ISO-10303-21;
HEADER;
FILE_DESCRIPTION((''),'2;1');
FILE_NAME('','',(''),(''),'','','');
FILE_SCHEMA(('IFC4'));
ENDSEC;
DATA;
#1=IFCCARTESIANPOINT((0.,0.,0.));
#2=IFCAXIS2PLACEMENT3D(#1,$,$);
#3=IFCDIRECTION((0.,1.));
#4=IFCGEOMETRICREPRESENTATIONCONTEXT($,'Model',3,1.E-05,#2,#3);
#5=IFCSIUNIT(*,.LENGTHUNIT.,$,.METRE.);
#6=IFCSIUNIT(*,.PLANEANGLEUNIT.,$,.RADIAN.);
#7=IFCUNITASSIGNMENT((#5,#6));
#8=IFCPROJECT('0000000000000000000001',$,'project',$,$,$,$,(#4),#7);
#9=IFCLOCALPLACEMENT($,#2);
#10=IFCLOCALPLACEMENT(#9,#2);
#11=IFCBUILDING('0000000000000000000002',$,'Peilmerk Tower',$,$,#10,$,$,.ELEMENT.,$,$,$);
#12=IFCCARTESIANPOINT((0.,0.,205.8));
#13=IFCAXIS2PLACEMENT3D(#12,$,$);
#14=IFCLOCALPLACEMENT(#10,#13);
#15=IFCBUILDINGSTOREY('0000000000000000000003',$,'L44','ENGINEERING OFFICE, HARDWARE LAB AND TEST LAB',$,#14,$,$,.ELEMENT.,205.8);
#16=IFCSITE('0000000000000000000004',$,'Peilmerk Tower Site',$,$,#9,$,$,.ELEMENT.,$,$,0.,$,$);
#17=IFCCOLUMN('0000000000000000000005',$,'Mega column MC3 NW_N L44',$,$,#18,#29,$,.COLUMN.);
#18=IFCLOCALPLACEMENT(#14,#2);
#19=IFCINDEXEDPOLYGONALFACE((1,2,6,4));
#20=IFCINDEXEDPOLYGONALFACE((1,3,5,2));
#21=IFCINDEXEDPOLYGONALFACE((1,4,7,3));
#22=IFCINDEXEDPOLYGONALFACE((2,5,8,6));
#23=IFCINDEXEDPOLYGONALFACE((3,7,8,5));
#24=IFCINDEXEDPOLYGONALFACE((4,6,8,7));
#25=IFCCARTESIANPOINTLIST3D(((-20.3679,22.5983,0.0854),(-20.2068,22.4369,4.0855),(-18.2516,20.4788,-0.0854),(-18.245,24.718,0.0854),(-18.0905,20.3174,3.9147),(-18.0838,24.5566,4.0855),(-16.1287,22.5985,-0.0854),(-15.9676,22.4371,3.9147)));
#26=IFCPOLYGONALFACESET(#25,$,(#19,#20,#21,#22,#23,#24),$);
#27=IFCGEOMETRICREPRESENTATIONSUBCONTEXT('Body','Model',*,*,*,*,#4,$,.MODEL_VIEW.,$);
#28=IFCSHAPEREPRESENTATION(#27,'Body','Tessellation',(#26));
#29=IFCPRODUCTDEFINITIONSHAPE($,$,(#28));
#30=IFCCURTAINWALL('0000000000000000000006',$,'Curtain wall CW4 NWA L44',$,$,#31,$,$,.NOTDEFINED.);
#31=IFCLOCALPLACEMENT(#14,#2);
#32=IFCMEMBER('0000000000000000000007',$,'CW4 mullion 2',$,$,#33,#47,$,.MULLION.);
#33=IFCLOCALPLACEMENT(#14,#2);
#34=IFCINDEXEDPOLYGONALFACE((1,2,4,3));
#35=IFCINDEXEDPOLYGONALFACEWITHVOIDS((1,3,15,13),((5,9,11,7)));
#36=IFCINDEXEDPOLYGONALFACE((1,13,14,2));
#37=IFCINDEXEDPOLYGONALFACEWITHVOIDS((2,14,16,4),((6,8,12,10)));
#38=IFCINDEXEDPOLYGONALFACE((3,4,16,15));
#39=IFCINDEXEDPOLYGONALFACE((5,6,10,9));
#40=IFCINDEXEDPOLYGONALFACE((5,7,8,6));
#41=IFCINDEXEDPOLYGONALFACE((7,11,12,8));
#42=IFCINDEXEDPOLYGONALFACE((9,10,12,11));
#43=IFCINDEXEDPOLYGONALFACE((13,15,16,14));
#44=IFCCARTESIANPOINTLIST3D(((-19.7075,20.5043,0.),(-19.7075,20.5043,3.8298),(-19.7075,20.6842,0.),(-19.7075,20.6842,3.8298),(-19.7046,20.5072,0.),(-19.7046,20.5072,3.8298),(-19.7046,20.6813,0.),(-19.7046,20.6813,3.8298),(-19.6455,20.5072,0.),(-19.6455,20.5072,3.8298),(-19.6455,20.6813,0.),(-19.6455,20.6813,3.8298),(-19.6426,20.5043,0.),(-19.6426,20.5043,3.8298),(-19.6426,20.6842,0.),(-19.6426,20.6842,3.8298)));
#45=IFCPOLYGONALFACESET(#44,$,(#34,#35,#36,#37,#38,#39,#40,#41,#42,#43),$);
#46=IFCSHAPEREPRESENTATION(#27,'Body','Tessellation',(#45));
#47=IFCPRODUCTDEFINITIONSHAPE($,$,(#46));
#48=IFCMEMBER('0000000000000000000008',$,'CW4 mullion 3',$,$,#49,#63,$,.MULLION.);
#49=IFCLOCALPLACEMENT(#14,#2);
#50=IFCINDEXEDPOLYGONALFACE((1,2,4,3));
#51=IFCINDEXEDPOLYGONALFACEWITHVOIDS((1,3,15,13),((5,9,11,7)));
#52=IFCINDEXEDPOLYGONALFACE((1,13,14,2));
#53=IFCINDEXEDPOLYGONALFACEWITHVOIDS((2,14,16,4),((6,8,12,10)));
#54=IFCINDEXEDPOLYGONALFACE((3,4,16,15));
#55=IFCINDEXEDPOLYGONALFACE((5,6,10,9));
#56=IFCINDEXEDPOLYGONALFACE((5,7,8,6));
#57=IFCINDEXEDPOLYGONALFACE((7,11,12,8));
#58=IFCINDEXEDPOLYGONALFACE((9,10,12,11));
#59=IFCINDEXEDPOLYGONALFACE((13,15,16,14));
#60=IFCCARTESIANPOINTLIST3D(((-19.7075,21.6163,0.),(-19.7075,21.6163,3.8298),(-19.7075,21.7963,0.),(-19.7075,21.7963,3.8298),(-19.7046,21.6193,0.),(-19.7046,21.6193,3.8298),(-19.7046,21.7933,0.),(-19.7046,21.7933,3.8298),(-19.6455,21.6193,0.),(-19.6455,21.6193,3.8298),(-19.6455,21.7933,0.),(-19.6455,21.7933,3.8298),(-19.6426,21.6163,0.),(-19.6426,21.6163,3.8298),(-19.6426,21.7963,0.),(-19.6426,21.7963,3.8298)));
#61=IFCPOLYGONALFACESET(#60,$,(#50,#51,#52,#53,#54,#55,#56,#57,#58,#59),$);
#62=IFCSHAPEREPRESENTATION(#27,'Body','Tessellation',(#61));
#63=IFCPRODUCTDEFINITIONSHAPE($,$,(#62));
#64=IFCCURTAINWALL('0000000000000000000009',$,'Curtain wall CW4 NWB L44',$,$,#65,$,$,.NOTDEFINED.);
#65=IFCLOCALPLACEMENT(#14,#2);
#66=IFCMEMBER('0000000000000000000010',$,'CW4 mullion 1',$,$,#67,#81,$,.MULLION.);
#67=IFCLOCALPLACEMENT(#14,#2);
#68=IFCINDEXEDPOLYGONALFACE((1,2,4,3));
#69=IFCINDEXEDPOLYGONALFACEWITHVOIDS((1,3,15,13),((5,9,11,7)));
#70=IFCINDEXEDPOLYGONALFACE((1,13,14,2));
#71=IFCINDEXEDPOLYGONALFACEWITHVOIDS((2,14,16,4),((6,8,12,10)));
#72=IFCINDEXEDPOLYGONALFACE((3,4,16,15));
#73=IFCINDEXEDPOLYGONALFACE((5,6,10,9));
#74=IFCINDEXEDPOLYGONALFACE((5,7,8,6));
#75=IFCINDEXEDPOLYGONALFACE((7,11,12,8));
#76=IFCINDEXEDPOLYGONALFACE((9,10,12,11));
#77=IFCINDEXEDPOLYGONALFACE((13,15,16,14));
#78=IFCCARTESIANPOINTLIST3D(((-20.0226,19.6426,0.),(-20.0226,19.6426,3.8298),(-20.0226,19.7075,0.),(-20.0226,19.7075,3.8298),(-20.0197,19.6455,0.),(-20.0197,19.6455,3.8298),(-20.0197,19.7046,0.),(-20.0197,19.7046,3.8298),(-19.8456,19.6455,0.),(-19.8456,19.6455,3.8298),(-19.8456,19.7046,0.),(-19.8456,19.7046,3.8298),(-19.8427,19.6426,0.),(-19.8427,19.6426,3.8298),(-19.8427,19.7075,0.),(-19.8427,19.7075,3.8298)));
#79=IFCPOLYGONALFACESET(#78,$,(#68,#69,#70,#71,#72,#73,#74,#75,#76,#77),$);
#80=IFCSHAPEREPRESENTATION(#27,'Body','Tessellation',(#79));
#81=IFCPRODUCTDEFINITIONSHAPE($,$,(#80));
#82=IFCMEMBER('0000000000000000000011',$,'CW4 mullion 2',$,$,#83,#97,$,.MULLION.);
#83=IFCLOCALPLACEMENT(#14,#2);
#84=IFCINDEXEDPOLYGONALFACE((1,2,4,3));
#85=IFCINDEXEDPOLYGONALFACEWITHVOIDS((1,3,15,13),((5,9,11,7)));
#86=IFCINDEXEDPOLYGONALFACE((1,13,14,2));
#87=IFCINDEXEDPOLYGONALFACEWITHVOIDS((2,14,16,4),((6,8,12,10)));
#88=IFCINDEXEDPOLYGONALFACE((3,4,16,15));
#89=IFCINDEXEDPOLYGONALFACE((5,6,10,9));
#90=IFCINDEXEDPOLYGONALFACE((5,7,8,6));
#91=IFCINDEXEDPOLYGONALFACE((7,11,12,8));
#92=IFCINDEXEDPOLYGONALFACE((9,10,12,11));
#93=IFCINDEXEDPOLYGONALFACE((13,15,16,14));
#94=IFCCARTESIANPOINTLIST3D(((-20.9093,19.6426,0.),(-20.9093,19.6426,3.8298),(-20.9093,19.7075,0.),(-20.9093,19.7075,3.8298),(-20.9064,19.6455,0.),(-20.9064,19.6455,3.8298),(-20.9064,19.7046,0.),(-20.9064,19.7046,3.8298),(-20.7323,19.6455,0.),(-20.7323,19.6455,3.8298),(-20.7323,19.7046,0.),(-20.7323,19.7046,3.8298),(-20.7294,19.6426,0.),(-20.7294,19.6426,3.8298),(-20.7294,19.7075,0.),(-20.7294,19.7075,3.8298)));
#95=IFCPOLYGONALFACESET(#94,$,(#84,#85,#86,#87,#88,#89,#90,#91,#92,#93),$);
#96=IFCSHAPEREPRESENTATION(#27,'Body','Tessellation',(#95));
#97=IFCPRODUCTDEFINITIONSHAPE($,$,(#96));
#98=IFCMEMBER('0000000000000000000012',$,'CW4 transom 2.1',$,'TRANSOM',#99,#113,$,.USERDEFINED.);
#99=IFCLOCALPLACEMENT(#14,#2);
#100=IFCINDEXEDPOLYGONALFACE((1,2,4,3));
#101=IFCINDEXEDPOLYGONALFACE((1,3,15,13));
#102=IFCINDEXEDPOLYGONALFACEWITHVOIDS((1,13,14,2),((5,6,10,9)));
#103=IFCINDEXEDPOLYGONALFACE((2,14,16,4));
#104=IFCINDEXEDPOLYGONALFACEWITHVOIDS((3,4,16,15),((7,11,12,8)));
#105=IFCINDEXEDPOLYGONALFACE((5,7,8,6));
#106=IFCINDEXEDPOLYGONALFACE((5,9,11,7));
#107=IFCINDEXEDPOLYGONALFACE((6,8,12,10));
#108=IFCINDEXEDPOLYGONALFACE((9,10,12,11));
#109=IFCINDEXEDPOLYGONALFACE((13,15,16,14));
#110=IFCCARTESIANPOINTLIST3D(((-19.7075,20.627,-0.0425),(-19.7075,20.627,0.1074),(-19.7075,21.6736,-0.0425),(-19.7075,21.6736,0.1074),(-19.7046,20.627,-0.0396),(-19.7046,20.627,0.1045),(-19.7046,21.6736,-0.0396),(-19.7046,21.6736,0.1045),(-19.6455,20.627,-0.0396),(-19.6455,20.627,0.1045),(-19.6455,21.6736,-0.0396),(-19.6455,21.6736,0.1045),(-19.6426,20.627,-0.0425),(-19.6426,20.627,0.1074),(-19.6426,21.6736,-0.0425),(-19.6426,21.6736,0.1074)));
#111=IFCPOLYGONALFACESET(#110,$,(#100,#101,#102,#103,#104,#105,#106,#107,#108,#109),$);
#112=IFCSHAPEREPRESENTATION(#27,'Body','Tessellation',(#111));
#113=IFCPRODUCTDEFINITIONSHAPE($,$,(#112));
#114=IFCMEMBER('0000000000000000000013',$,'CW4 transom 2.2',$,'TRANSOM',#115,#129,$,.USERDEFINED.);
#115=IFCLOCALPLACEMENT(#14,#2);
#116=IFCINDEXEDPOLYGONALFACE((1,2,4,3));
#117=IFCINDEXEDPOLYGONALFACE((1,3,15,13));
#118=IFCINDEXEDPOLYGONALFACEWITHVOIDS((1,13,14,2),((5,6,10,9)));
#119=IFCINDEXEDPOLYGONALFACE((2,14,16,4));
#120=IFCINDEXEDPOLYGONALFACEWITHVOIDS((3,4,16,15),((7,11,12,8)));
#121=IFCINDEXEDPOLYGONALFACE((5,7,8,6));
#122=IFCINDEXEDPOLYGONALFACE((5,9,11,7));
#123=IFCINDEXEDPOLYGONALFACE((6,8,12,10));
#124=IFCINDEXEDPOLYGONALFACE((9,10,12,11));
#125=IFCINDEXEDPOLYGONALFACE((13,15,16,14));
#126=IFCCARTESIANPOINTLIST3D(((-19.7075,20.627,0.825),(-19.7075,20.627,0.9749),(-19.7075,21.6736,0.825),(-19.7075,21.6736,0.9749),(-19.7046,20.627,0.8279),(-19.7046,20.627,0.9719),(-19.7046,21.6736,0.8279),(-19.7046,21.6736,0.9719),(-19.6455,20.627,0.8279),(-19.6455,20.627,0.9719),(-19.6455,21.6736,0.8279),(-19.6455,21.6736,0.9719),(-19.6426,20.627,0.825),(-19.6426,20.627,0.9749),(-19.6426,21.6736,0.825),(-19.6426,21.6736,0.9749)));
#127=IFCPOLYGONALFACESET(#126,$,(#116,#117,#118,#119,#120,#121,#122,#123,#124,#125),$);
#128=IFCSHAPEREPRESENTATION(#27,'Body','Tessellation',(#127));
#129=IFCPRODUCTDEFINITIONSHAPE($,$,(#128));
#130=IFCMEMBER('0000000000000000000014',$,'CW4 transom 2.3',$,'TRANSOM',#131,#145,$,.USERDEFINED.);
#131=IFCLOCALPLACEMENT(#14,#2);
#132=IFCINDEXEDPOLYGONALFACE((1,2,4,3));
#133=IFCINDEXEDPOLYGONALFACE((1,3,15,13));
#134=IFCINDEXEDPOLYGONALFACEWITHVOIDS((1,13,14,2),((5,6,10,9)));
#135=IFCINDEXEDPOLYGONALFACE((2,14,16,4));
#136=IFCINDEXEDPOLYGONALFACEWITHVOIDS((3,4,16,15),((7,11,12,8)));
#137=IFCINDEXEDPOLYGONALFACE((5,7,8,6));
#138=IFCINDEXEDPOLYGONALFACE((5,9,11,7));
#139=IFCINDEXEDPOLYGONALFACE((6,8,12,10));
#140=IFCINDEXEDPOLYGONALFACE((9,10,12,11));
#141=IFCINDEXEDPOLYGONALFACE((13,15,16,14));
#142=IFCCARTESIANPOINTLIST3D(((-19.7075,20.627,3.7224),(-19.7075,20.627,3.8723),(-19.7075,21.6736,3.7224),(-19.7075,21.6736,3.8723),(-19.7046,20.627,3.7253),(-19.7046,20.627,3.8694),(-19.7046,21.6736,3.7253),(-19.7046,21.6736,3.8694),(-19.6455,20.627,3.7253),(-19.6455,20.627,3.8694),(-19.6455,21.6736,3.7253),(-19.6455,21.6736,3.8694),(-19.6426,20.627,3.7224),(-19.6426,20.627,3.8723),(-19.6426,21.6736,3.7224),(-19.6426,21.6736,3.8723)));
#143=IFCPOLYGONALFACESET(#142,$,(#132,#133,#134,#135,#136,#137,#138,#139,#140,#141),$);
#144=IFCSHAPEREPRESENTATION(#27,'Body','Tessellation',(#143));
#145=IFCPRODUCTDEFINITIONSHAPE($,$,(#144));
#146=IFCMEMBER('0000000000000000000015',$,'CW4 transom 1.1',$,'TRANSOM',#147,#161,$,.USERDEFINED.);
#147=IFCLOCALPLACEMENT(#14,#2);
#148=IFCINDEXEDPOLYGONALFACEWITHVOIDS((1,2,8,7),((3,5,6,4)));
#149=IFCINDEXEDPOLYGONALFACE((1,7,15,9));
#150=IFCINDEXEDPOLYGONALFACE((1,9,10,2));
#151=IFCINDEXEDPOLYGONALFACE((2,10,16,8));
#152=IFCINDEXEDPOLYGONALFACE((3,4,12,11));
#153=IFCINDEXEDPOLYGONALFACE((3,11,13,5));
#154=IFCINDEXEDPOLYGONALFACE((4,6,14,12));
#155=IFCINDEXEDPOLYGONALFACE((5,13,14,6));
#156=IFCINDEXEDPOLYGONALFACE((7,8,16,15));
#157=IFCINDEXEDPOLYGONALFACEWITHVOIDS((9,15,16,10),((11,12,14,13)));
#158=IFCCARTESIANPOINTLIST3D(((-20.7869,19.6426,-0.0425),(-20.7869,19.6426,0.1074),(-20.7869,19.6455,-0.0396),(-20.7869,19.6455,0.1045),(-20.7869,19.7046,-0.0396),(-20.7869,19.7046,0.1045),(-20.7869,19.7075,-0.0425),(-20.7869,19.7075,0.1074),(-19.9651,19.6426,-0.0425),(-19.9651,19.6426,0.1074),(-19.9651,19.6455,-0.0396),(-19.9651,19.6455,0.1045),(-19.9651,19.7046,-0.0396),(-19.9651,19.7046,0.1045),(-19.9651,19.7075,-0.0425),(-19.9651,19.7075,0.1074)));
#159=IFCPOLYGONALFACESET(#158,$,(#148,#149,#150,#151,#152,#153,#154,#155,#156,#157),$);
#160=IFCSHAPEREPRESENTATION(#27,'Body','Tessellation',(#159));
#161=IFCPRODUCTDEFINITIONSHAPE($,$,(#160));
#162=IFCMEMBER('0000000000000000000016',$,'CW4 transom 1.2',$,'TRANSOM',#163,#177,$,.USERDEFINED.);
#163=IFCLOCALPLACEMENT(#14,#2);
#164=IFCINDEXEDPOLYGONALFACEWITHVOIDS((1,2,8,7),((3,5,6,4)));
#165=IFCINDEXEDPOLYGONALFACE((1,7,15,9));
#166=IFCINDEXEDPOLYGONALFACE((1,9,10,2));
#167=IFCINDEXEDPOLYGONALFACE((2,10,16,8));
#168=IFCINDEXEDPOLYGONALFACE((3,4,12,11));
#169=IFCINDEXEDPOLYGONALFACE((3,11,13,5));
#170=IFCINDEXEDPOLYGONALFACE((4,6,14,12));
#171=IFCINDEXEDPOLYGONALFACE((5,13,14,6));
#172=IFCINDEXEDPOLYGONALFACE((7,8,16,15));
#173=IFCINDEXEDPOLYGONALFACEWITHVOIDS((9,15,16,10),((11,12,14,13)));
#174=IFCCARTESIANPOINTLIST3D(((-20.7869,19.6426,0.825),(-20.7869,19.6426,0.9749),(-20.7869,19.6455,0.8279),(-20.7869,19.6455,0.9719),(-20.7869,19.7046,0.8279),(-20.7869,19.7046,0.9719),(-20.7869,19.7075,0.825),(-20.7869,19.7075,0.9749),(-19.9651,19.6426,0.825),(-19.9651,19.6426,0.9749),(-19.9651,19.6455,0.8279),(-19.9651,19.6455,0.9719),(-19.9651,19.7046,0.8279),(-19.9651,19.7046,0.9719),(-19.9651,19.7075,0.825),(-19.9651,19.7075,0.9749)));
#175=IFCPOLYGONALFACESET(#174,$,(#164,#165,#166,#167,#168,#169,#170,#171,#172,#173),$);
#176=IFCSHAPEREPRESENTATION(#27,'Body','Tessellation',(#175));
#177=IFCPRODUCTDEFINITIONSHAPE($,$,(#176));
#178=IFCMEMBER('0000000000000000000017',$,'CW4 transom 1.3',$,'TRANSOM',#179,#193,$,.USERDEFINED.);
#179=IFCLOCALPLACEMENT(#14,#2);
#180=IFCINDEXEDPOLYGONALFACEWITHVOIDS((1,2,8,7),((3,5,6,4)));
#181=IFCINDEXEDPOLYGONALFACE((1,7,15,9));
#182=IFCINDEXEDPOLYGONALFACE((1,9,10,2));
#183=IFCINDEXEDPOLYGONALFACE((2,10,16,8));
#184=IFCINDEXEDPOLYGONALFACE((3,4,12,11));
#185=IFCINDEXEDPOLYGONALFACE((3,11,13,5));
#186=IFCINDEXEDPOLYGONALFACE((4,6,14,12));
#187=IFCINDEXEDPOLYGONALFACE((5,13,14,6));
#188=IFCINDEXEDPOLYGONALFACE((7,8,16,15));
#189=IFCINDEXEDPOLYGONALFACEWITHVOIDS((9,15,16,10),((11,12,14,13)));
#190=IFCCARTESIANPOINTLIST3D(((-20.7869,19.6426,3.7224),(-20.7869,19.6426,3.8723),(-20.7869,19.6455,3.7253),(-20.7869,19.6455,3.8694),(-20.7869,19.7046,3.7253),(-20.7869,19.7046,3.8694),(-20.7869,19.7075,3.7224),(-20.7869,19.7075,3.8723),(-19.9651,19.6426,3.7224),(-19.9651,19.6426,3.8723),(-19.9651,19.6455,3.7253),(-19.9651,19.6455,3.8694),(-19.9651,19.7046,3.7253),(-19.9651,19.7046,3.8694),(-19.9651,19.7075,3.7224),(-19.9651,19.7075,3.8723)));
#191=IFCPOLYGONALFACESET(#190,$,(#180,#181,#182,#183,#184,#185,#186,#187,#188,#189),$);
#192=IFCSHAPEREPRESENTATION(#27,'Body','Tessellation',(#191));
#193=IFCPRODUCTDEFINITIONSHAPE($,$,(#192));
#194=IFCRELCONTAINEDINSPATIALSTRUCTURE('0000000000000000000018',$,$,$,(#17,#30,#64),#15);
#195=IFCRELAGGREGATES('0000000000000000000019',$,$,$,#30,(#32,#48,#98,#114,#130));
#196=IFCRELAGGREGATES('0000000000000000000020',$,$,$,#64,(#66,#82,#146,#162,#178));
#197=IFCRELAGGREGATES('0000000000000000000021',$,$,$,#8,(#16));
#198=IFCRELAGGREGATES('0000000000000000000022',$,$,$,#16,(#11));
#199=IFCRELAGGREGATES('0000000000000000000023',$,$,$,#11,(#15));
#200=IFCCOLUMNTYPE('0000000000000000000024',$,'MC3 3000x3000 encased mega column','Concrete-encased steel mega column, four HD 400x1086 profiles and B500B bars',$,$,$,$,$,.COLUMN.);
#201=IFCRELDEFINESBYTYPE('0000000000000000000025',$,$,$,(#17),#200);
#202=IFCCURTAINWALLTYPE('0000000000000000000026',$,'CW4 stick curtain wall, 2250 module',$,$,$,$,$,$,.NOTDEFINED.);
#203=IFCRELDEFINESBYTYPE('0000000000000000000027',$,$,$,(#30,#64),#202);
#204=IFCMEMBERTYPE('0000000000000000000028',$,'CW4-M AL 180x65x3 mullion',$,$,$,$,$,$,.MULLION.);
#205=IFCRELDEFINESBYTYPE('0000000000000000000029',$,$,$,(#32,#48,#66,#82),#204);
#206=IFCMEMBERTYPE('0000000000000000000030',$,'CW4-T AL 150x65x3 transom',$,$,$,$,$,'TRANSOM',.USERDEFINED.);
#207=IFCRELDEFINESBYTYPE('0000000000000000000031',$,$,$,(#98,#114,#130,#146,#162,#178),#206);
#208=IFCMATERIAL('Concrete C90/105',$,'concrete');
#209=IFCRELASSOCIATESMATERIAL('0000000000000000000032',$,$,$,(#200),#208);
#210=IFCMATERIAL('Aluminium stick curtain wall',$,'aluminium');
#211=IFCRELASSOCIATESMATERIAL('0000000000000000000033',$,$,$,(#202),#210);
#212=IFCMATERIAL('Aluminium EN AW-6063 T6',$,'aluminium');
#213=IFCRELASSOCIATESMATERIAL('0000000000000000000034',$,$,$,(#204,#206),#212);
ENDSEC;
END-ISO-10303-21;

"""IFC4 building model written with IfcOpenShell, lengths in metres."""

from ifc_helpers import new_model, si_unit, direction, frame, origin, origin_2d, place, context, subcontext, project, spatial, rectangle, hollow_rectangle, extrude, material, material_profile, profile_set, type_object, element, aggregate, save


model = new_model("IFC4")

# Units and contexts
model_context = context("Model", 3, precision=1e-05, world=origin(), true_north=direction((0.0, 1.0)))
body_context = subcontext(model_context, "Body", "Model", "MODEL_VIEW")
ifc_project = project(units=[si_unit("LENGTHUNIT", "METRE"), si_unit("PLANEANGLEUNIT", "RADIAN")], contexts=[model_context])

# Site, building, storey
site_placement = place(None, origin())
site = spatial("IfcSite", under=ifc_project, at=site_placement, Name="Peilmerk Tower Site", CompositionType="ELEMENT", RefElevation=0.0)
building_placement = place(site_placement, origin())
building = spatial("IfcBuilding", under=site, at=building_placement, Name="Peilmerk Tower", CompositionType="ELEMENT")
storey_placement = place(building_placement, frame((0.0, 0.0, 205.8)))
storey = spatial("IfcBuildingStorey", under=building, at=storey_placement, Name="L44", Description="ENGINEERING OFFICE, HARDWARE LAB AND TEST LAB", CompositionType="ELEMENT", Elevation=205.8)

# Column
ifc_material_1 = material(Name="Concrete C90/105", Category="concrete")
ifc_material_profile_1 = material_profile(ifc_material_1, rectangle(XDim=3.0, YDim=3.0, at=origin_2d()), Name="RC 3000x3000")
ifc_profile_set_1 = profile_set([ifc_material_profile_1], Name="Concrete C90/105")
column_type = type_object("IfcColumnType", Name="MC3 3000x3000 encased mega column", Description="Concrete-encased steel mega column, four HD 400x1086 profiles and B500B bars", PredefinedType="COLUMN", material=ifc_profile_set_1)
column_placement = place(storey_placement, frame((-18.2483, 22.5984, 0.0), z_axis=(0.040218, -0.040279, 0.998379), x_axis=(0.707642, 0.706571, 0.0)))
element("IfcColumn", 1, at=column_placement, inside=storey, type_object=column_type, Name="Mega column MC3 NW_N L44", PredefinedType="COLUMN", context=body_context, shape_type="SweptSolid", body=[
    extrude(rectangle(XDim=3.0, YDim=3.0, at=origin_2d()), origin(), (0.0, 0.0, 1.0), 4.0066),
])

# Curtain walls, members
ifc_material_2 = material(Name="Aluminium stick curtain wall", Category="aluminium")
curtain_wall_type = type_object("IfcCurtainWallType", Name="CW4 stick curtain wall, 2250 module", PredefinedType="NOTDEFINED", material=ifc_material_2)
curtain_wall_1_placement = place(storey_placement, origin())
curtain_wall_1 = element("IfcCurtainWall", 2, at=curtain_wall_1_placement, inside=storey, type_object=curtain_wall_type, Name="Curtain wall CW4 NWA L44", PredefinedType="NOTDEFINED")
ifc_material_3 = material(Name="Aluminium EN AW-6063 T6", Category="aluminium")
ifc_material_profile_2 = material_profile(ifc_material_3, hollow_rectangle(XDim=0.0649, YDim=0.1799, WallThickness=0.0029, at=origin_2d()), Name="AL 180x65x3")
ifc_profile_set_2 = profile_set([ifc_material_profile_2], Name="Aluminium EN AW-6063 T6")
member_type_1 = type_object("IfcMemberType", Name="CW4-M AL 180x65x3 mullion", PredefinedType="MULLION", material=ifc_profile_set_2)
member_1_placement = place(storey_placement, frame((-19.675, 20.5942, 0.0), z_axis=(0.0, 0.0, 1.0), x_axis=(-1.0, 0.0, 0.0)))
member_1 = element("IfcMember", 3, at=member_1_placement, type_object=member_type_1, Name="CW4 mullion 2", PredefinedType="MULLION", context=body_context, shape_type="SweptSolid", body=[
    extrude(hollow_rectangle(XDim=0.0649, YDim=0.1799, WallThickness=0.0029, at=origin_2d()), origin(), (0.0, 0.0, 1.0), 3.8298),
])
member_2_placement = place(storey_placement, frame((-19.675, 21.7063, 0.0), z_axis=(0.0, 0.0, 1.0), x_axis=(-1.0, 0.0, 0.0)))
member_2 = element("IfcMember", 4, at=member_2_placement, type_object=member_type_1, Name="CW4 mullion 3", PredefinedType="MULLION", context=body_context, shape_type="SweptSolid", body=[
    extrude(hollow_rectangle(XDim=0.0649, YDim=0.1799, WallThickness=0.0029, at=origin_2d()), origin(), (0.0, 0.0, 1.0), 3.8298),
])
curtain_wall_2_placement = place(storey_placement, origin())
curtain_wall_2 = element("IfcCurtainWall", 5, at=curtain_wall_2_placement, inside=storey, type_object=curtain_wall_type, Name="Curtain wall CW4 NWB L44", PredefinedType="NOTDEFINED")
member_3_placement = place(storey_placement, frame((-19.9326, 19.675, 0.0), z_axis=(0.0, 0.0, 1.0), x_axis=(0.0, -1.0, 0.0)))
member_3 = element("IfcMember", 6, at=member_3_placement, type_object=member_type_1, Name="CW4 mullion 1", PredefinedType="MULLION", context=body_context, shape_type="SweptSolid", body=[
    extrude(hollow_rectangle(XDim=0.0649, YDim=0.1799, WallThickness=0.0029, at=origin_2d()), origin(), (0.0, 0.0, 1.0), 3.8298),
])
member_4_placement = place(storey_placement, frame((-20.8193, 19.675, 0.0), z_axis=(0.0, 0.0, 1.0), x_axis=(0.0, -1.0, 0.0)))
member_4 = element("IfcMember", 7, at=member_4_placement, type_object=member_type_1, Name="CW4 mullion 2", PredefinedType="MULLION", context=body_context, shape_type="SweptSolid", body=[
    extrude(hollow_rectangle(XDim=0.0649, YDim=0.1799, WallThickness=0.0029, at=origin_2d()), origin(), (0.0, 0.0, 1.0), 3.8298),
])

# Members
ifc_material_profile_3 = material_profile(ifc_material_3, hollow_rectangle(XDim=0.0649, YDim=0.1499, WallThickness=0.0029, at=origin_2d()), Name="AL 150x65x3")
ifc_profile_set_3 = profile_set([ifc_material_profile_3], Name="Aluminium EN AW-6063 T6")
member_type_2 = type_object("IfcMemberType", Name="CW4-T AL 150x65x3 transom", ElementType="TRANSOM", PredefinedType="USERDEFINED", material=ifc_profile_set_3)
member_5_placement = place(storey_placement, frame((-19.675, 20.627, 0.0325), z_axis=(0.0, 1.0, 0.0), x_axis=(-1.0, 0.0, 0.0)))
member_5 = element("IfcMember", 8, at=member_5_placement, type_object=member_type_2, Name="CW4 transom 2.1", ObjectType="TRANSOM", PredefinedType="USERDEFINED", context=body_context, shape_type="SweptSolid", body=[
    extrude(hollow_rectangle(XDim=0.0649, YDim=0.1499, WallThickness=0.0029, at=origin_2d()), origin(), (0.0, 0.0, 1.0), 1.0466),
])
member_6_placement = place(storey_placement, frame((-19.675, 20.627, 0.8999), z_axis=(0.0, 1.0, 0.0), x_axis=(-1.0, 0.0, 0.0)))
member_6 = element("IfcMember", 9, at=member_6_placement, type_object=member_type_2, Name="CW4 transom 2.2", ObjectType="TRANSOM", PredefinedType="USERDEFINED", context=body_context, shape_type="SweptSolid", body=[
    extrude(hollow_rectangle(XDim=0.0649, YDim=0.1499, WallThickness=0.0029, at=origin_2d()), origin(), (0.0, 0.0, 1.0), 1.0466),
])
member_7_placement = place(storey_placement, frame((-19.675, 20.627, 3.7974), z_axis=(0.0, 1.0, 0.0), x_axis=(-1.0, 0.0, 0.0)))
member_7 = element("IfcMember", 10, at=member_7_placement, type_object=member_type_2, Name="CW4 transom 2.3", ObjectType="TRANSOM", PredefinedType="USERDEFINED", context=body_context, shape_type="SweptSolid", body=[
    extrude(hollow_rectangle(XDim=0.0649, YDim=0.1499, WallThickness=0.0029, at=origin_2d()), origin(), (0.0, 0.0, 1.0), 1.0466),
])
member_8_placement = place(storey_placement, frame((-19.9651, 19.675, 0.0325), z_axis=(-1.0, 0.0, 0.0), x_axis=(0.0, -1.0, 0.0)))
member_8 = element("IfcMember", 11, at=member_8_placement, type_object=member_type_2, Name="CW4 transom 1.1", ObjectType="TRANSOM", PredefinedType="USERDEFINED", context=body_context, shape_type="SweptSolid", body=[
    extrude(hollow_rectangle(XDim=0.0649, YDim=0.1499, WallThickness=0.0029, at=origin_2d()), origin(), (0.0, 0.0, 1.0), 0.8218),
])
member_9_placement = place(storey_placement, frame((-19.9651, 19.675, 0.8999), z_axis=(-1.0, 0.0, 0.0), x_axis=(0.0, -1.0, 0.0)))
member_9 = element("IfcMember", 12, at=member_9_placement, type_object=member_type_2, Name="CW4 transom 1.2", ObjectType="TRANSOM", PredefinedType="USERDEFINED", context=body_context, shape_type="SweptSolid", body=[
    extrude(hollow_rectangle(XDim=0.0649, YDim=0.1499, WallThickness=0.0029, at=origin_2d()), origin(), (0.0, 0.0, 1.0), 0.8218),
])
member_10_placement = place(storey_placement, frame((-19.9651, 19.675, 3.7974), z_axis=(-1.0, 0.0, 0.0), x_axis=(0.0, -1.0, 0.0)))
member_10 = element("IfcMember", 13, at=member_10_placement, type_object=member_type_2, Name="CW4 transom 1.3", ObjectType="TRANSOM", PredefinedType="USERDEFINED", context=body_context, shape_type="SweptSolid", body=[
    extrude(hollow_rectangle(XDim=0.0649, YDim=0.1499, WallThickness=0.0029, at=origin_2d()), origin(), (0.0, 0.0, 1.0), 0.8218),
])

aggregate(curtain_wall_1, [member_1, member_2, member_5, member_6, member_7])
aggregate(curtain_wall_2, [member_3, member_4, member_8, member_9, member_10])

save(model, "model.ifc")
